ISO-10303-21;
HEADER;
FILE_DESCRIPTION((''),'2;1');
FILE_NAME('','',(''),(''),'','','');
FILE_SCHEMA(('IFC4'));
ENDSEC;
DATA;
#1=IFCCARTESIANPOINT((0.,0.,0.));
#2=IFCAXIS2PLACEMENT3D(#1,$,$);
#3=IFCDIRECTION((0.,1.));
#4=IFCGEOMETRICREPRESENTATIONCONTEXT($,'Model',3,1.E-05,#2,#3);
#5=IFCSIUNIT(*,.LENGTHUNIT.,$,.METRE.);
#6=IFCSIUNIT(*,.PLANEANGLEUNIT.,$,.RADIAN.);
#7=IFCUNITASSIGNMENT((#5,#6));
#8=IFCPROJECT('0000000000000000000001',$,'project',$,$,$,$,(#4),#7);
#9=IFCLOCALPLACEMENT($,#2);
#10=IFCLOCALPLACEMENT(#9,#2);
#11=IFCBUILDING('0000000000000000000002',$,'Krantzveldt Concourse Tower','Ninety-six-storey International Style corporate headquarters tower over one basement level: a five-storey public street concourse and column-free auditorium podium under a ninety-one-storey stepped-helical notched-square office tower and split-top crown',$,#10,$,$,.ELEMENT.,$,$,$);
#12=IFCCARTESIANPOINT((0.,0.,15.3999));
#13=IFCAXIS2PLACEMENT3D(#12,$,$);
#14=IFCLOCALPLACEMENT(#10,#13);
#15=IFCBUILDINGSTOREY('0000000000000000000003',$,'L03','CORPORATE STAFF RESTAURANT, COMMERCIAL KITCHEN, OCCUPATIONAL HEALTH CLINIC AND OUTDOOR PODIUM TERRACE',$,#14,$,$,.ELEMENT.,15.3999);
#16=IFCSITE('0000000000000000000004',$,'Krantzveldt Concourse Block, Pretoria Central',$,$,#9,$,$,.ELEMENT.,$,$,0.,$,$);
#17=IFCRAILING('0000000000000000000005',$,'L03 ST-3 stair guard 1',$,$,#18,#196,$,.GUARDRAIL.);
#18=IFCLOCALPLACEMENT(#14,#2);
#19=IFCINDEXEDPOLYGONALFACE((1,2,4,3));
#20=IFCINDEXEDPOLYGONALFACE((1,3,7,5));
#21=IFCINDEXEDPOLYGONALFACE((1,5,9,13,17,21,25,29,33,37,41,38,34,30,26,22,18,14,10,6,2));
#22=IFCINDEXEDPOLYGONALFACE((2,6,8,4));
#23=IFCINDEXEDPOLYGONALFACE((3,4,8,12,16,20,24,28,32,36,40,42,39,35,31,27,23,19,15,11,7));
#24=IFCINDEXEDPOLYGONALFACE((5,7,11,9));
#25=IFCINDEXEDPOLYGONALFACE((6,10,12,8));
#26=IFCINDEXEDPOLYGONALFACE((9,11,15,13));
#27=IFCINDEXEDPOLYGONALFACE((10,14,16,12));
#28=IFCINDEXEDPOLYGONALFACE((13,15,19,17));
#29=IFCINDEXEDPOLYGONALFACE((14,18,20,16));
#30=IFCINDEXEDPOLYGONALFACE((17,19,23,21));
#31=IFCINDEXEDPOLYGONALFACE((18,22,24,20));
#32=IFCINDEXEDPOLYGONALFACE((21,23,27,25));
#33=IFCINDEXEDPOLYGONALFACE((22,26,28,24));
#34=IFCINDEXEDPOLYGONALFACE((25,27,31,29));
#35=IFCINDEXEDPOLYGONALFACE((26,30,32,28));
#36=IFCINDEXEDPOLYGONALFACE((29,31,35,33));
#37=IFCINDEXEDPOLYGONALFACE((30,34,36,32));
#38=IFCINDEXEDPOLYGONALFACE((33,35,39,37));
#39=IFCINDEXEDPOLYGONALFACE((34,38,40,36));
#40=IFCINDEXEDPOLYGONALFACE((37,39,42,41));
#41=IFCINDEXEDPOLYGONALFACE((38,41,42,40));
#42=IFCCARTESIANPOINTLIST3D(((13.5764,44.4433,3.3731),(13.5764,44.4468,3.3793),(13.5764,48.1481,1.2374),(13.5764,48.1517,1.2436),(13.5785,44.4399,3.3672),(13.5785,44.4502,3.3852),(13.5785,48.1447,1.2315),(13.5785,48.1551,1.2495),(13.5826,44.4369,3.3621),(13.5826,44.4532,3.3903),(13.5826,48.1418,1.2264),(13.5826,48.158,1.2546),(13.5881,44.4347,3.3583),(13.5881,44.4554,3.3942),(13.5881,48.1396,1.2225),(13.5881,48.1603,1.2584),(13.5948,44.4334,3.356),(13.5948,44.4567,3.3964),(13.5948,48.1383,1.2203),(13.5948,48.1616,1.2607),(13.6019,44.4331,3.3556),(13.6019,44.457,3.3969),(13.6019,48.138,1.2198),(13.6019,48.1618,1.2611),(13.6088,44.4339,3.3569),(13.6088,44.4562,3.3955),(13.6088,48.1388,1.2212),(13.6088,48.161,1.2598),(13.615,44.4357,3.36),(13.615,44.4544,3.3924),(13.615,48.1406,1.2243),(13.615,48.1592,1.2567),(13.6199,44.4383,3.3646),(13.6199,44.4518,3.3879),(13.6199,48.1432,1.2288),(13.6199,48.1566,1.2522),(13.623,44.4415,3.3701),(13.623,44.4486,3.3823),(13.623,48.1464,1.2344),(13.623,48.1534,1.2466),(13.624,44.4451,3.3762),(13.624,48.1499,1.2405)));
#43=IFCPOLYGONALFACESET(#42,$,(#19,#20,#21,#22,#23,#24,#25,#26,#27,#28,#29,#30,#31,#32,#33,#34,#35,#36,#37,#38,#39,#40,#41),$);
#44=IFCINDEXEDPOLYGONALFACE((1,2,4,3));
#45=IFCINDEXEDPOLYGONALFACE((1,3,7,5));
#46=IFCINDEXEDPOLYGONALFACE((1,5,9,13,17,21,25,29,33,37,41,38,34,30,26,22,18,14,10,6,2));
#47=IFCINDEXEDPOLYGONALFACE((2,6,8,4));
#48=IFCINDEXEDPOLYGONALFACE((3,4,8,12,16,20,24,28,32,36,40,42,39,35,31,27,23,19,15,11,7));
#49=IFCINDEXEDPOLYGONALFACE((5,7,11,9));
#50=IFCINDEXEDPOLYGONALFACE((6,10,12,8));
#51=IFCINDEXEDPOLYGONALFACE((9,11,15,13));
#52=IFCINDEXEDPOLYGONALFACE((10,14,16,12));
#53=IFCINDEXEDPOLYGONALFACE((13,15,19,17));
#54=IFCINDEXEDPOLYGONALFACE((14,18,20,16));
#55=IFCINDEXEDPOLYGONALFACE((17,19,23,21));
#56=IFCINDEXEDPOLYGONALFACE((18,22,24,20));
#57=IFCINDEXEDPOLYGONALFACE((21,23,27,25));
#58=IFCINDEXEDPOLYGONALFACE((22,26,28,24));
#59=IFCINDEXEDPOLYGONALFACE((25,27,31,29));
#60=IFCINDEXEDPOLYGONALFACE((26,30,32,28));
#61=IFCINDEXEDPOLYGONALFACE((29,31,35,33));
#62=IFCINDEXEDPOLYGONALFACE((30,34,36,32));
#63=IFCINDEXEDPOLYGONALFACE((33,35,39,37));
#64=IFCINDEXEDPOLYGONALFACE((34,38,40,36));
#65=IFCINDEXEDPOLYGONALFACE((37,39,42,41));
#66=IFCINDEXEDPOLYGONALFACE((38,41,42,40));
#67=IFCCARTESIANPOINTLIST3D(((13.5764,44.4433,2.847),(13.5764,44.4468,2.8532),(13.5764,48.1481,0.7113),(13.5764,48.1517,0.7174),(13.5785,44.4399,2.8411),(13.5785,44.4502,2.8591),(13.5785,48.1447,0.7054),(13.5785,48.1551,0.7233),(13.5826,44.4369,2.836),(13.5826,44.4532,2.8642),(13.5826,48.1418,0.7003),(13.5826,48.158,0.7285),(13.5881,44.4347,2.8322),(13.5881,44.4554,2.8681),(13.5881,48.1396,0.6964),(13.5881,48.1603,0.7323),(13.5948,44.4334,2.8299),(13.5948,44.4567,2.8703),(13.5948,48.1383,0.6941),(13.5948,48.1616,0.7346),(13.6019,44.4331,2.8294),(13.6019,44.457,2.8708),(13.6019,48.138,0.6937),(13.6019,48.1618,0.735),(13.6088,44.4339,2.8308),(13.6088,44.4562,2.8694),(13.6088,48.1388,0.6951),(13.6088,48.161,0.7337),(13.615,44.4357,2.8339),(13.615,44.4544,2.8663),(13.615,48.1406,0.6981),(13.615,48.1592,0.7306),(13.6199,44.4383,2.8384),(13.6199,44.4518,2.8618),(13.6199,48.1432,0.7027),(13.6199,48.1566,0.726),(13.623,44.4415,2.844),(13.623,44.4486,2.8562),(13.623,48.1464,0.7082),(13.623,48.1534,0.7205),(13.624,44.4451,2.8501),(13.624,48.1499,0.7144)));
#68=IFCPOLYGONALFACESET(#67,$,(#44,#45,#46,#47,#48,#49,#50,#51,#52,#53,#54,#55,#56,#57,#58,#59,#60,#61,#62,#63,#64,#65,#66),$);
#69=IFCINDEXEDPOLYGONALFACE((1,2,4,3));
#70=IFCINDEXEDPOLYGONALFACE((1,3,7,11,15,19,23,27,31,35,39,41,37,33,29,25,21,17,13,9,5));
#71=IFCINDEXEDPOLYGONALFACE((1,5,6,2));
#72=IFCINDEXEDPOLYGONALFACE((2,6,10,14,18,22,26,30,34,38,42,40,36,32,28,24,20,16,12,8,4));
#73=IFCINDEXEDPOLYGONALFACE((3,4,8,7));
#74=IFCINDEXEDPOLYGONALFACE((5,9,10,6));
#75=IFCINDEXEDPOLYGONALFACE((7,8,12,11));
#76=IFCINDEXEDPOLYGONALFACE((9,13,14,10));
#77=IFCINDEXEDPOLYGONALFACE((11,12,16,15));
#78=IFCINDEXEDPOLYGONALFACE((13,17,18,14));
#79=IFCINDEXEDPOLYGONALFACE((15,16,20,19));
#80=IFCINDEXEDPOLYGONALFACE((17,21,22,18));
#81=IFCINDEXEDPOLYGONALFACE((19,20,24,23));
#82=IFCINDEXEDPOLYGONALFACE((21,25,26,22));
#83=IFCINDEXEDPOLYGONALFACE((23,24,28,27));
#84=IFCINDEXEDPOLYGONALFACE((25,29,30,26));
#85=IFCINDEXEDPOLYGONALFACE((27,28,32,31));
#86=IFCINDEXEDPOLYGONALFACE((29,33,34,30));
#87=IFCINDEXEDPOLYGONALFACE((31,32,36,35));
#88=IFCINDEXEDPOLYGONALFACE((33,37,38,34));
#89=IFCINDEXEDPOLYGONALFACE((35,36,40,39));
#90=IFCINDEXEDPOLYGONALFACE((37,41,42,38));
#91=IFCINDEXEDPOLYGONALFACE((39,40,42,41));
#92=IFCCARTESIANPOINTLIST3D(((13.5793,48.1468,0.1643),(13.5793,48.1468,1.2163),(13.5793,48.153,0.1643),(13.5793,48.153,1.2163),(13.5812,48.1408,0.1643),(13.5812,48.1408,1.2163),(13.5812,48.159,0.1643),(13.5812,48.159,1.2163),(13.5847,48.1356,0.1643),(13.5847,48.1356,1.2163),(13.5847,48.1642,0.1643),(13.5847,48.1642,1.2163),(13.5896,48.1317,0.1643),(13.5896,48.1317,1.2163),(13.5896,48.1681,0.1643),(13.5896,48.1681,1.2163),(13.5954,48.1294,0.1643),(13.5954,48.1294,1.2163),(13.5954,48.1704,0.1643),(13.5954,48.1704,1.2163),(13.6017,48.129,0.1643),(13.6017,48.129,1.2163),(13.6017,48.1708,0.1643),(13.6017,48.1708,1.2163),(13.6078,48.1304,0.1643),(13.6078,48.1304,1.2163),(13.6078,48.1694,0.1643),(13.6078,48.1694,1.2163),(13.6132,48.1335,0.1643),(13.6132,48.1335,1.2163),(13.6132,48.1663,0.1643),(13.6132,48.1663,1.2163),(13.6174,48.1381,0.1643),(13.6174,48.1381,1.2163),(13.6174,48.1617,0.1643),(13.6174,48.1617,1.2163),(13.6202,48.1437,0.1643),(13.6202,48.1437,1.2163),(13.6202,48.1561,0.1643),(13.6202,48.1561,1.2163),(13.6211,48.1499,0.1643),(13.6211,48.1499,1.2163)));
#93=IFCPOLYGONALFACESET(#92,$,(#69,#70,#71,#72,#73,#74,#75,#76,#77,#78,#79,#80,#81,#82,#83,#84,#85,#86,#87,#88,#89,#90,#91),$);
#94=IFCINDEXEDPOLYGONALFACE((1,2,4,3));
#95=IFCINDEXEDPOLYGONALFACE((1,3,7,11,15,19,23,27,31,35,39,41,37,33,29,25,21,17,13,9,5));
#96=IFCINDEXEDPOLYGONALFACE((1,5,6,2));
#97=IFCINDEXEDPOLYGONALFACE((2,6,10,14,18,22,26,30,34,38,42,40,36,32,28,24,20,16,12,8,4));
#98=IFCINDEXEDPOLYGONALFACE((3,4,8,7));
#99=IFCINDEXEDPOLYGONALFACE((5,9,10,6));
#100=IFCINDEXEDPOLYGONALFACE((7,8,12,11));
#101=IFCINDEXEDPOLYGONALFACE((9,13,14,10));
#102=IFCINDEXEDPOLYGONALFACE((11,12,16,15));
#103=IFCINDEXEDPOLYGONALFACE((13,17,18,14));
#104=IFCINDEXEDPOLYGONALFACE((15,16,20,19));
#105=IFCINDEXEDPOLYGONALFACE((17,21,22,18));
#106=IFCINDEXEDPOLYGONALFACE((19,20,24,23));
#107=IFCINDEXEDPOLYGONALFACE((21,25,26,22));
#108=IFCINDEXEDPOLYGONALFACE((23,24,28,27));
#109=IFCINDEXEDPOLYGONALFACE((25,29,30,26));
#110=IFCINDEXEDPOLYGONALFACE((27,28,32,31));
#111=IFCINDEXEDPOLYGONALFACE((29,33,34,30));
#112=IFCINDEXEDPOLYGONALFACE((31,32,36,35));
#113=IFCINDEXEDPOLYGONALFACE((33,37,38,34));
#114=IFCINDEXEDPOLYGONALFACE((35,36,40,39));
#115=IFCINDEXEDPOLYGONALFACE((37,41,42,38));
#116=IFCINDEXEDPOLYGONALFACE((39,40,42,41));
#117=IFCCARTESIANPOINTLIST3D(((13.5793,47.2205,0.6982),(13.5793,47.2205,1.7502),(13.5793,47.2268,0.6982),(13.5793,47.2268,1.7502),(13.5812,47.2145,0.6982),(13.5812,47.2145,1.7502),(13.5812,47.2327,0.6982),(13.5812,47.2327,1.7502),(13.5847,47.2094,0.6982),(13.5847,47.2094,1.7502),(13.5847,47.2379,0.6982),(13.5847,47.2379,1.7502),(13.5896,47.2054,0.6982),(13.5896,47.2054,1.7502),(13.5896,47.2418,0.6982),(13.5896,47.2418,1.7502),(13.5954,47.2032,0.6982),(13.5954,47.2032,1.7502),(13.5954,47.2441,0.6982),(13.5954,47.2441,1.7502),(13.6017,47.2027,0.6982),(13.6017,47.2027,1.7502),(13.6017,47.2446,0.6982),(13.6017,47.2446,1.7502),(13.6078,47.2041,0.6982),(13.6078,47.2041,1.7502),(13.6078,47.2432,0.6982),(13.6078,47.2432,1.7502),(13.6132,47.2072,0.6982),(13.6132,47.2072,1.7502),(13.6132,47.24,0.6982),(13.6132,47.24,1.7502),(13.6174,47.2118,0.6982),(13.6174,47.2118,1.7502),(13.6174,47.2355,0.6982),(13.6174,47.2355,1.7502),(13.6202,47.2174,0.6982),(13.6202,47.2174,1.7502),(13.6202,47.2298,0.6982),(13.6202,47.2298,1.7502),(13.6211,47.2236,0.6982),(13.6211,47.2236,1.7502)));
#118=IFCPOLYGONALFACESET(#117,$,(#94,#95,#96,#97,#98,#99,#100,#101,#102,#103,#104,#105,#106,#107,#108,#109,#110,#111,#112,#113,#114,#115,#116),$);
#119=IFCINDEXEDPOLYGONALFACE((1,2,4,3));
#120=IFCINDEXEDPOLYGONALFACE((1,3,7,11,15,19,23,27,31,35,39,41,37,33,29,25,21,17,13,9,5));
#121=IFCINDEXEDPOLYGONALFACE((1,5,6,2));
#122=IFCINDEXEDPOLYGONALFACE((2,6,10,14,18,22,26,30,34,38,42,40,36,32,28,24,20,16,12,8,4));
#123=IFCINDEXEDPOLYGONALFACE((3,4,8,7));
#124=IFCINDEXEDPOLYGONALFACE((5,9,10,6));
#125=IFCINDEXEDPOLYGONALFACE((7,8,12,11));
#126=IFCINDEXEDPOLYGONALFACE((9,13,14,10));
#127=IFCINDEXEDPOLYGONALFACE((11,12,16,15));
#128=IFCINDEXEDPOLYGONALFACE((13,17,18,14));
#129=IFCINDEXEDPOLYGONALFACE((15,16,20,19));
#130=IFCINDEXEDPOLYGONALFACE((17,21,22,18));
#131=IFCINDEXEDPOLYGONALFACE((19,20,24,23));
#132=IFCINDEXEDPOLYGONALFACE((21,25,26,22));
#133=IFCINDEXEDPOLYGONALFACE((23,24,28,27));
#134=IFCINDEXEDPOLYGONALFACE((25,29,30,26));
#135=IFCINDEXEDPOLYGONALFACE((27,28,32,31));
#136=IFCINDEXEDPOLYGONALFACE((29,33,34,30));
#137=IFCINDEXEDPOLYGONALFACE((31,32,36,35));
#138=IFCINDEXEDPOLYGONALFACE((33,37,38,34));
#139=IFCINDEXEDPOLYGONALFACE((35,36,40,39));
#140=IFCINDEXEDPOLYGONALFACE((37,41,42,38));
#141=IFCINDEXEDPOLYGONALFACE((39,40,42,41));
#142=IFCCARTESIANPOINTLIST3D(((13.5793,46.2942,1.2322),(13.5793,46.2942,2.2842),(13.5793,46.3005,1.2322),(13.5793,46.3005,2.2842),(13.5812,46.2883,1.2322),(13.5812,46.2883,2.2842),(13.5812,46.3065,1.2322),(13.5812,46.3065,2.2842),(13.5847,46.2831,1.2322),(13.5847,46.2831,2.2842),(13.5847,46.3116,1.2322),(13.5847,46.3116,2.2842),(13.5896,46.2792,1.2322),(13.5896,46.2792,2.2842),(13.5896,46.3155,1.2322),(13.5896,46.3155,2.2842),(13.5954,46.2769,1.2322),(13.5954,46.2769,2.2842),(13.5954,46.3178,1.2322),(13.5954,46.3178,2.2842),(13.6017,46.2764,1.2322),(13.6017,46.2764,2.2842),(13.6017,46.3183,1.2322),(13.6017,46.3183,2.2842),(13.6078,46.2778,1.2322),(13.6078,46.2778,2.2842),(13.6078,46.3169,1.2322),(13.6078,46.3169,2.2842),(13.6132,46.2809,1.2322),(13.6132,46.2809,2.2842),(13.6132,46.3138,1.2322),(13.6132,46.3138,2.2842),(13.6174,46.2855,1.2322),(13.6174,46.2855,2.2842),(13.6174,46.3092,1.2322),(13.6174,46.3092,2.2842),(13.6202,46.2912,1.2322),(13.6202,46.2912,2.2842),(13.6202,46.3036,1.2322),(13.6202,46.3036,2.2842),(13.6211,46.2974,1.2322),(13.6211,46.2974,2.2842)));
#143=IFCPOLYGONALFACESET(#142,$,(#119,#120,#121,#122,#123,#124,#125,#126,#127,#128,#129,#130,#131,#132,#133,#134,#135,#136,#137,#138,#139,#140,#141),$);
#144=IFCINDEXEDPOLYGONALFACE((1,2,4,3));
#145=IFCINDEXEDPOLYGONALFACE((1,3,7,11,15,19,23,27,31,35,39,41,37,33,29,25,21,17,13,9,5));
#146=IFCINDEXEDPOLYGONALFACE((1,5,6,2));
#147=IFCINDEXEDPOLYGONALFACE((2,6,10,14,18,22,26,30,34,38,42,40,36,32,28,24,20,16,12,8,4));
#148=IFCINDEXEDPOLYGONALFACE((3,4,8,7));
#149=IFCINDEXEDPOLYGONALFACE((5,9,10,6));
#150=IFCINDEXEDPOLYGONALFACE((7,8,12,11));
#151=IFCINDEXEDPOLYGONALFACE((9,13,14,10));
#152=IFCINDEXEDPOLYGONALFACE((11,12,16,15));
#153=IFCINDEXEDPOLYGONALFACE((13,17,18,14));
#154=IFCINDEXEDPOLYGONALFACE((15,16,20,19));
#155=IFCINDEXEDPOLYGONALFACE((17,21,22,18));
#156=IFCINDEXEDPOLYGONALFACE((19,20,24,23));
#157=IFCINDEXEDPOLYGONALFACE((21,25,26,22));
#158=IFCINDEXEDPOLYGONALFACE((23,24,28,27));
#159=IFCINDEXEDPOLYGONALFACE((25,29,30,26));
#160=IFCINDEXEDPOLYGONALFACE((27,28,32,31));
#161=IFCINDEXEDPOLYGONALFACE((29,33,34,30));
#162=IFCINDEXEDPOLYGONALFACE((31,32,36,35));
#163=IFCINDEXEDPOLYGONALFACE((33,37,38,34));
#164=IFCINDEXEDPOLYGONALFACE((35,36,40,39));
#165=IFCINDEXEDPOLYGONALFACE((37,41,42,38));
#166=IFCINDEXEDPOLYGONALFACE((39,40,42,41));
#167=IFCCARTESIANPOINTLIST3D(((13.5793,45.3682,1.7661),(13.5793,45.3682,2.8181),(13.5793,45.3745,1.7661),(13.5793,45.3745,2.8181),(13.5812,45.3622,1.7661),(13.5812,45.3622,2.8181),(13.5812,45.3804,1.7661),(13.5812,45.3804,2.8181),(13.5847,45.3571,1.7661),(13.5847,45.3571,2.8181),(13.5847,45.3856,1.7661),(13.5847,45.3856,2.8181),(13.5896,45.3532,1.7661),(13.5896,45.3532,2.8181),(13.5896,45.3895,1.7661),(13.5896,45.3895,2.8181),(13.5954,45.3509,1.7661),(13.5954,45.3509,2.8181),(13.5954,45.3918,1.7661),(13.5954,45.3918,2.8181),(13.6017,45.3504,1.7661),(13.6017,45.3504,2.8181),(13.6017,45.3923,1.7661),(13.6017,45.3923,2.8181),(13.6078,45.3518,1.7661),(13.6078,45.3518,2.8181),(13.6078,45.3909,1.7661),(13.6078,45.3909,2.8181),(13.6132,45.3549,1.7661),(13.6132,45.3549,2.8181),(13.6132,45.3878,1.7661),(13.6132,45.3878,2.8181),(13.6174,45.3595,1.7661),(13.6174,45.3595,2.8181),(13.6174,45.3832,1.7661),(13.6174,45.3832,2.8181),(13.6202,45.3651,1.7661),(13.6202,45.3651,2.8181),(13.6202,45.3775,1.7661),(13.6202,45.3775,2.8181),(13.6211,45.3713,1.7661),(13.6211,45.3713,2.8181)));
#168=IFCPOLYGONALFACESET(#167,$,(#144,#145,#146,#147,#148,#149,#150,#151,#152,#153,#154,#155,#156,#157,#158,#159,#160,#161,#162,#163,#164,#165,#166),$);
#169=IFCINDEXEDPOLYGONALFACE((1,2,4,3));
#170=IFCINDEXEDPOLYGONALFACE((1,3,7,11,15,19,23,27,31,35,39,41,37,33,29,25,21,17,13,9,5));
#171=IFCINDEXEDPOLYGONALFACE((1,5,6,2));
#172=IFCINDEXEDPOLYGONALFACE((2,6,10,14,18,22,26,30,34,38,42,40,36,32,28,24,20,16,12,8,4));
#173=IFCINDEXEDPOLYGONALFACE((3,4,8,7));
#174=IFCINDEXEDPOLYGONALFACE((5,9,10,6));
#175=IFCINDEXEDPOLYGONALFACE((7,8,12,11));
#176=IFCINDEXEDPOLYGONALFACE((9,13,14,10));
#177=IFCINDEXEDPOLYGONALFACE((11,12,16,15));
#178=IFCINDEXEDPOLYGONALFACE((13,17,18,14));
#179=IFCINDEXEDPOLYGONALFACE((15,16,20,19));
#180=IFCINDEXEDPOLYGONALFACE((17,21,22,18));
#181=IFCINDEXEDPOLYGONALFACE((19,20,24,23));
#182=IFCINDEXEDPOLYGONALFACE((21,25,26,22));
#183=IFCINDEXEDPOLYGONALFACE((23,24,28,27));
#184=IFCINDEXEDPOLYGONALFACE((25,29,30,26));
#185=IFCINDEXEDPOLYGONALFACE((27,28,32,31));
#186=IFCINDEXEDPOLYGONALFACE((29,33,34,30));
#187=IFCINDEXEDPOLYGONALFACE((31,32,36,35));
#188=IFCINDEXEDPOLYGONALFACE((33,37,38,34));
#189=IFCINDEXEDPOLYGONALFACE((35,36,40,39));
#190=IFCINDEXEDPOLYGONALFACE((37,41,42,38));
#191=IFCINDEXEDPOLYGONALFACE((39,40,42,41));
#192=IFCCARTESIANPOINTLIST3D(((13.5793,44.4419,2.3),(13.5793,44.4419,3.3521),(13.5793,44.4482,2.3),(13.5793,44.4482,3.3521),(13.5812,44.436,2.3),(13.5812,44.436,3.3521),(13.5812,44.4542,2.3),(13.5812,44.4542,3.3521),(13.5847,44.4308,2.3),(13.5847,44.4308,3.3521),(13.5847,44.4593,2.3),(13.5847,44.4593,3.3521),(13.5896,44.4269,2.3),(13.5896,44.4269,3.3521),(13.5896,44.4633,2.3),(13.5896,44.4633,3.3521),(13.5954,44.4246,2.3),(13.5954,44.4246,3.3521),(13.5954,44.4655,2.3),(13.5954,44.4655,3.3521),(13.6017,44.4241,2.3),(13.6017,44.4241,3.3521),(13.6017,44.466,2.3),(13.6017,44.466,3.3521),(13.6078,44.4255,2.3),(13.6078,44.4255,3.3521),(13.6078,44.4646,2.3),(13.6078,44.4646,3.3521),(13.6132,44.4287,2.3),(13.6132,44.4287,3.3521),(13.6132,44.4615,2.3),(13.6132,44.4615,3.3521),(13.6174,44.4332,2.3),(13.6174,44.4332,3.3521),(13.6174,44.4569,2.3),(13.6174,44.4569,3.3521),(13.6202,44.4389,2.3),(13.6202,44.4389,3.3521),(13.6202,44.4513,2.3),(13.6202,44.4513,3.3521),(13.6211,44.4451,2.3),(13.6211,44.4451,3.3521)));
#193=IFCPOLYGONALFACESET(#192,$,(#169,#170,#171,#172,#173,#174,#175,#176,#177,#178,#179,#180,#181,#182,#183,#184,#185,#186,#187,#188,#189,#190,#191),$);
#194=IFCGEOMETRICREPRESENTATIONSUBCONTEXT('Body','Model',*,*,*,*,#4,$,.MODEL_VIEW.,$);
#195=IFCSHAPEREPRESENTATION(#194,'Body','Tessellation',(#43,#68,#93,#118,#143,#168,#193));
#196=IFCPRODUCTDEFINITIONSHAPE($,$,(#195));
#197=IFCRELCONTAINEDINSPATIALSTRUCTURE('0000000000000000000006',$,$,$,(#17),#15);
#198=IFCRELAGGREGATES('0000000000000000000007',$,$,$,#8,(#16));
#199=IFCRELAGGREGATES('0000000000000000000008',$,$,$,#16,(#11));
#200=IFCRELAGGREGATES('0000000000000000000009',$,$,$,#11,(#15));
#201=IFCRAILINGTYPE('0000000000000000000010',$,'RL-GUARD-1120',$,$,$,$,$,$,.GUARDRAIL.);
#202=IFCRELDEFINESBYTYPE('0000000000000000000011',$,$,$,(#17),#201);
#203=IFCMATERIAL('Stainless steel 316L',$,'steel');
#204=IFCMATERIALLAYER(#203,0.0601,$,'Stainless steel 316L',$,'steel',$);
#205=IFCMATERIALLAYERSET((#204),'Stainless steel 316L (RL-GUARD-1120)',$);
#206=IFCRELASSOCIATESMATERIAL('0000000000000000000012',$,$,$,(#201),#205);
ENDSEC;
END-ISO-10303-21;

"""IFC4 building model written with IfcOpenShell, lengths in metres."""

from ifc_helpers import new_model, si_unit, direction, frame, origin, origin_2d, place, context, subcontext, project, spatial, circle, extrude, material, layer, layer_set, type_object, element, save


model = new_model("IFC4")

# Units and contexts
model_context = context("Model", 3, precision=1e-05, world=origin(), true_north=direction((0.0, 1.0)))
body_context = subcontext(model_context, "Body", "Model", "MODEL_VIEW")
ifc_project = project(units=[si_unit("LENGTHUNIT", "METRE"), si_unit("PLANEANGLEUNIT", "RADIAN")], contexts=[model_context])

# Site, building, storey
site_placement = place(None, origin())
site = spatial("IfcSite", under=ifc_project, at=site_placement, Name="Krantzveldt Concourse Block, Pretoria Central", CompositionType="ELEMENT", RefElevation=0.0)
building_placement = place(site_placement, origin())
building = spatial("IfcBuilding", under=site, at=building_placement, Name="Krantzveldt Concourse Tower", Description="Ninety-six-storey International Style corporate headquarters tower over one basement level: a five-storey public street concourse and column-free auditorium podium under a ninety-one-storey stepped-helical notched-square office tower and split-top crown", CompositionType="ELEMENT")
storey_placement = place(building_placement, frame((0.0, 0.0, 15.3999)))
storey = spatial("IfcBuildingStorey", under=building, at=storey_placement, Name="L03", Description="CORPORATE STAFF RESTAURANT, COMMERCIAL KITCHEN, OCCUPATIONAL HEALTH CLINIC AND OUTDOOR PODIUM TERRACE", CompositionType="ELEMENT", Elevation=15.3999)

# Railing
ifc_material_1 = material(Name="Stainless steel 316L", Category="steel")
ifc_layer_1 = layer(ifc_material_1, 0.0601, Name="Stainless steel 316L", Category="steel")
ifc_layer_set_1 = layer_set([ifc_layer_1], Name="Stainless steel 316L (RL-GUARD-1120)")
railing_type_1 = type_object("IfcRailingType", Name="RL-GUARD-1120", PredefinedType="GUARDRAIL", material=ifc_layer_set_1)
railing_1_placement = place(storey_placement, frame((13.6001, 48.1499, 0.1643)))
element("IfcRailing", 1, at=railing_1_placement, inside=storey, type_object=railing_type_1, Name="L03 ST-3 stair guard 1", PredefinedType="GUARDRAIL", context=body_context, shape_type="SweptSolid", body=[
    extrude(circle(Radius=0.0239, at=origin_2d()), frame((0.0, 0.0, 1.0762), z_axis=(0.0, -0.866354, 0.499431), x_axis=(1.0, 0.0, 0.0)), (0.0, 0.0, 1.0), 4.2764),
    extrude(circle(Radius=0.0239, at=origin_2d()), frame((0.0, 0.0, 0.55), z_axis=(0.0, -0.866354, 0.499431), x_axis=(1.0, 0.0, 0.0)), (0.0, 0.0, 1.0), 4.2764),
    extrude(circle(Radius=0.021, at=origin_2d()), origin(), (0.0, 0.0, 1.0), 1.052),
    extrude(circle(Radius=0.021, at=origin_2d()), frame((0.0, -0.9263, 0.5339)), (0.0, 0.0, 1.0), 1.052),
    extrude(circle(Radius=0.021, at=origin_2d()), frame((0.0, -1.8525, 1.0679)), (0.0, 0.0, 1.0), 1.052),
    extrude(circle(Radius=0.021, at=origin_2d()), frame((0.0, -2.7786, 1.6018)), (0.0, 0.0, 1.0), 1.052),
    extrude(circle(Radius=0.021, at=origin_2d()), frame((0.0, -3.7048, 2.1357)), (0.0, 0.0, 1.0), 1.052),
])

save(model, "model.ifc")
